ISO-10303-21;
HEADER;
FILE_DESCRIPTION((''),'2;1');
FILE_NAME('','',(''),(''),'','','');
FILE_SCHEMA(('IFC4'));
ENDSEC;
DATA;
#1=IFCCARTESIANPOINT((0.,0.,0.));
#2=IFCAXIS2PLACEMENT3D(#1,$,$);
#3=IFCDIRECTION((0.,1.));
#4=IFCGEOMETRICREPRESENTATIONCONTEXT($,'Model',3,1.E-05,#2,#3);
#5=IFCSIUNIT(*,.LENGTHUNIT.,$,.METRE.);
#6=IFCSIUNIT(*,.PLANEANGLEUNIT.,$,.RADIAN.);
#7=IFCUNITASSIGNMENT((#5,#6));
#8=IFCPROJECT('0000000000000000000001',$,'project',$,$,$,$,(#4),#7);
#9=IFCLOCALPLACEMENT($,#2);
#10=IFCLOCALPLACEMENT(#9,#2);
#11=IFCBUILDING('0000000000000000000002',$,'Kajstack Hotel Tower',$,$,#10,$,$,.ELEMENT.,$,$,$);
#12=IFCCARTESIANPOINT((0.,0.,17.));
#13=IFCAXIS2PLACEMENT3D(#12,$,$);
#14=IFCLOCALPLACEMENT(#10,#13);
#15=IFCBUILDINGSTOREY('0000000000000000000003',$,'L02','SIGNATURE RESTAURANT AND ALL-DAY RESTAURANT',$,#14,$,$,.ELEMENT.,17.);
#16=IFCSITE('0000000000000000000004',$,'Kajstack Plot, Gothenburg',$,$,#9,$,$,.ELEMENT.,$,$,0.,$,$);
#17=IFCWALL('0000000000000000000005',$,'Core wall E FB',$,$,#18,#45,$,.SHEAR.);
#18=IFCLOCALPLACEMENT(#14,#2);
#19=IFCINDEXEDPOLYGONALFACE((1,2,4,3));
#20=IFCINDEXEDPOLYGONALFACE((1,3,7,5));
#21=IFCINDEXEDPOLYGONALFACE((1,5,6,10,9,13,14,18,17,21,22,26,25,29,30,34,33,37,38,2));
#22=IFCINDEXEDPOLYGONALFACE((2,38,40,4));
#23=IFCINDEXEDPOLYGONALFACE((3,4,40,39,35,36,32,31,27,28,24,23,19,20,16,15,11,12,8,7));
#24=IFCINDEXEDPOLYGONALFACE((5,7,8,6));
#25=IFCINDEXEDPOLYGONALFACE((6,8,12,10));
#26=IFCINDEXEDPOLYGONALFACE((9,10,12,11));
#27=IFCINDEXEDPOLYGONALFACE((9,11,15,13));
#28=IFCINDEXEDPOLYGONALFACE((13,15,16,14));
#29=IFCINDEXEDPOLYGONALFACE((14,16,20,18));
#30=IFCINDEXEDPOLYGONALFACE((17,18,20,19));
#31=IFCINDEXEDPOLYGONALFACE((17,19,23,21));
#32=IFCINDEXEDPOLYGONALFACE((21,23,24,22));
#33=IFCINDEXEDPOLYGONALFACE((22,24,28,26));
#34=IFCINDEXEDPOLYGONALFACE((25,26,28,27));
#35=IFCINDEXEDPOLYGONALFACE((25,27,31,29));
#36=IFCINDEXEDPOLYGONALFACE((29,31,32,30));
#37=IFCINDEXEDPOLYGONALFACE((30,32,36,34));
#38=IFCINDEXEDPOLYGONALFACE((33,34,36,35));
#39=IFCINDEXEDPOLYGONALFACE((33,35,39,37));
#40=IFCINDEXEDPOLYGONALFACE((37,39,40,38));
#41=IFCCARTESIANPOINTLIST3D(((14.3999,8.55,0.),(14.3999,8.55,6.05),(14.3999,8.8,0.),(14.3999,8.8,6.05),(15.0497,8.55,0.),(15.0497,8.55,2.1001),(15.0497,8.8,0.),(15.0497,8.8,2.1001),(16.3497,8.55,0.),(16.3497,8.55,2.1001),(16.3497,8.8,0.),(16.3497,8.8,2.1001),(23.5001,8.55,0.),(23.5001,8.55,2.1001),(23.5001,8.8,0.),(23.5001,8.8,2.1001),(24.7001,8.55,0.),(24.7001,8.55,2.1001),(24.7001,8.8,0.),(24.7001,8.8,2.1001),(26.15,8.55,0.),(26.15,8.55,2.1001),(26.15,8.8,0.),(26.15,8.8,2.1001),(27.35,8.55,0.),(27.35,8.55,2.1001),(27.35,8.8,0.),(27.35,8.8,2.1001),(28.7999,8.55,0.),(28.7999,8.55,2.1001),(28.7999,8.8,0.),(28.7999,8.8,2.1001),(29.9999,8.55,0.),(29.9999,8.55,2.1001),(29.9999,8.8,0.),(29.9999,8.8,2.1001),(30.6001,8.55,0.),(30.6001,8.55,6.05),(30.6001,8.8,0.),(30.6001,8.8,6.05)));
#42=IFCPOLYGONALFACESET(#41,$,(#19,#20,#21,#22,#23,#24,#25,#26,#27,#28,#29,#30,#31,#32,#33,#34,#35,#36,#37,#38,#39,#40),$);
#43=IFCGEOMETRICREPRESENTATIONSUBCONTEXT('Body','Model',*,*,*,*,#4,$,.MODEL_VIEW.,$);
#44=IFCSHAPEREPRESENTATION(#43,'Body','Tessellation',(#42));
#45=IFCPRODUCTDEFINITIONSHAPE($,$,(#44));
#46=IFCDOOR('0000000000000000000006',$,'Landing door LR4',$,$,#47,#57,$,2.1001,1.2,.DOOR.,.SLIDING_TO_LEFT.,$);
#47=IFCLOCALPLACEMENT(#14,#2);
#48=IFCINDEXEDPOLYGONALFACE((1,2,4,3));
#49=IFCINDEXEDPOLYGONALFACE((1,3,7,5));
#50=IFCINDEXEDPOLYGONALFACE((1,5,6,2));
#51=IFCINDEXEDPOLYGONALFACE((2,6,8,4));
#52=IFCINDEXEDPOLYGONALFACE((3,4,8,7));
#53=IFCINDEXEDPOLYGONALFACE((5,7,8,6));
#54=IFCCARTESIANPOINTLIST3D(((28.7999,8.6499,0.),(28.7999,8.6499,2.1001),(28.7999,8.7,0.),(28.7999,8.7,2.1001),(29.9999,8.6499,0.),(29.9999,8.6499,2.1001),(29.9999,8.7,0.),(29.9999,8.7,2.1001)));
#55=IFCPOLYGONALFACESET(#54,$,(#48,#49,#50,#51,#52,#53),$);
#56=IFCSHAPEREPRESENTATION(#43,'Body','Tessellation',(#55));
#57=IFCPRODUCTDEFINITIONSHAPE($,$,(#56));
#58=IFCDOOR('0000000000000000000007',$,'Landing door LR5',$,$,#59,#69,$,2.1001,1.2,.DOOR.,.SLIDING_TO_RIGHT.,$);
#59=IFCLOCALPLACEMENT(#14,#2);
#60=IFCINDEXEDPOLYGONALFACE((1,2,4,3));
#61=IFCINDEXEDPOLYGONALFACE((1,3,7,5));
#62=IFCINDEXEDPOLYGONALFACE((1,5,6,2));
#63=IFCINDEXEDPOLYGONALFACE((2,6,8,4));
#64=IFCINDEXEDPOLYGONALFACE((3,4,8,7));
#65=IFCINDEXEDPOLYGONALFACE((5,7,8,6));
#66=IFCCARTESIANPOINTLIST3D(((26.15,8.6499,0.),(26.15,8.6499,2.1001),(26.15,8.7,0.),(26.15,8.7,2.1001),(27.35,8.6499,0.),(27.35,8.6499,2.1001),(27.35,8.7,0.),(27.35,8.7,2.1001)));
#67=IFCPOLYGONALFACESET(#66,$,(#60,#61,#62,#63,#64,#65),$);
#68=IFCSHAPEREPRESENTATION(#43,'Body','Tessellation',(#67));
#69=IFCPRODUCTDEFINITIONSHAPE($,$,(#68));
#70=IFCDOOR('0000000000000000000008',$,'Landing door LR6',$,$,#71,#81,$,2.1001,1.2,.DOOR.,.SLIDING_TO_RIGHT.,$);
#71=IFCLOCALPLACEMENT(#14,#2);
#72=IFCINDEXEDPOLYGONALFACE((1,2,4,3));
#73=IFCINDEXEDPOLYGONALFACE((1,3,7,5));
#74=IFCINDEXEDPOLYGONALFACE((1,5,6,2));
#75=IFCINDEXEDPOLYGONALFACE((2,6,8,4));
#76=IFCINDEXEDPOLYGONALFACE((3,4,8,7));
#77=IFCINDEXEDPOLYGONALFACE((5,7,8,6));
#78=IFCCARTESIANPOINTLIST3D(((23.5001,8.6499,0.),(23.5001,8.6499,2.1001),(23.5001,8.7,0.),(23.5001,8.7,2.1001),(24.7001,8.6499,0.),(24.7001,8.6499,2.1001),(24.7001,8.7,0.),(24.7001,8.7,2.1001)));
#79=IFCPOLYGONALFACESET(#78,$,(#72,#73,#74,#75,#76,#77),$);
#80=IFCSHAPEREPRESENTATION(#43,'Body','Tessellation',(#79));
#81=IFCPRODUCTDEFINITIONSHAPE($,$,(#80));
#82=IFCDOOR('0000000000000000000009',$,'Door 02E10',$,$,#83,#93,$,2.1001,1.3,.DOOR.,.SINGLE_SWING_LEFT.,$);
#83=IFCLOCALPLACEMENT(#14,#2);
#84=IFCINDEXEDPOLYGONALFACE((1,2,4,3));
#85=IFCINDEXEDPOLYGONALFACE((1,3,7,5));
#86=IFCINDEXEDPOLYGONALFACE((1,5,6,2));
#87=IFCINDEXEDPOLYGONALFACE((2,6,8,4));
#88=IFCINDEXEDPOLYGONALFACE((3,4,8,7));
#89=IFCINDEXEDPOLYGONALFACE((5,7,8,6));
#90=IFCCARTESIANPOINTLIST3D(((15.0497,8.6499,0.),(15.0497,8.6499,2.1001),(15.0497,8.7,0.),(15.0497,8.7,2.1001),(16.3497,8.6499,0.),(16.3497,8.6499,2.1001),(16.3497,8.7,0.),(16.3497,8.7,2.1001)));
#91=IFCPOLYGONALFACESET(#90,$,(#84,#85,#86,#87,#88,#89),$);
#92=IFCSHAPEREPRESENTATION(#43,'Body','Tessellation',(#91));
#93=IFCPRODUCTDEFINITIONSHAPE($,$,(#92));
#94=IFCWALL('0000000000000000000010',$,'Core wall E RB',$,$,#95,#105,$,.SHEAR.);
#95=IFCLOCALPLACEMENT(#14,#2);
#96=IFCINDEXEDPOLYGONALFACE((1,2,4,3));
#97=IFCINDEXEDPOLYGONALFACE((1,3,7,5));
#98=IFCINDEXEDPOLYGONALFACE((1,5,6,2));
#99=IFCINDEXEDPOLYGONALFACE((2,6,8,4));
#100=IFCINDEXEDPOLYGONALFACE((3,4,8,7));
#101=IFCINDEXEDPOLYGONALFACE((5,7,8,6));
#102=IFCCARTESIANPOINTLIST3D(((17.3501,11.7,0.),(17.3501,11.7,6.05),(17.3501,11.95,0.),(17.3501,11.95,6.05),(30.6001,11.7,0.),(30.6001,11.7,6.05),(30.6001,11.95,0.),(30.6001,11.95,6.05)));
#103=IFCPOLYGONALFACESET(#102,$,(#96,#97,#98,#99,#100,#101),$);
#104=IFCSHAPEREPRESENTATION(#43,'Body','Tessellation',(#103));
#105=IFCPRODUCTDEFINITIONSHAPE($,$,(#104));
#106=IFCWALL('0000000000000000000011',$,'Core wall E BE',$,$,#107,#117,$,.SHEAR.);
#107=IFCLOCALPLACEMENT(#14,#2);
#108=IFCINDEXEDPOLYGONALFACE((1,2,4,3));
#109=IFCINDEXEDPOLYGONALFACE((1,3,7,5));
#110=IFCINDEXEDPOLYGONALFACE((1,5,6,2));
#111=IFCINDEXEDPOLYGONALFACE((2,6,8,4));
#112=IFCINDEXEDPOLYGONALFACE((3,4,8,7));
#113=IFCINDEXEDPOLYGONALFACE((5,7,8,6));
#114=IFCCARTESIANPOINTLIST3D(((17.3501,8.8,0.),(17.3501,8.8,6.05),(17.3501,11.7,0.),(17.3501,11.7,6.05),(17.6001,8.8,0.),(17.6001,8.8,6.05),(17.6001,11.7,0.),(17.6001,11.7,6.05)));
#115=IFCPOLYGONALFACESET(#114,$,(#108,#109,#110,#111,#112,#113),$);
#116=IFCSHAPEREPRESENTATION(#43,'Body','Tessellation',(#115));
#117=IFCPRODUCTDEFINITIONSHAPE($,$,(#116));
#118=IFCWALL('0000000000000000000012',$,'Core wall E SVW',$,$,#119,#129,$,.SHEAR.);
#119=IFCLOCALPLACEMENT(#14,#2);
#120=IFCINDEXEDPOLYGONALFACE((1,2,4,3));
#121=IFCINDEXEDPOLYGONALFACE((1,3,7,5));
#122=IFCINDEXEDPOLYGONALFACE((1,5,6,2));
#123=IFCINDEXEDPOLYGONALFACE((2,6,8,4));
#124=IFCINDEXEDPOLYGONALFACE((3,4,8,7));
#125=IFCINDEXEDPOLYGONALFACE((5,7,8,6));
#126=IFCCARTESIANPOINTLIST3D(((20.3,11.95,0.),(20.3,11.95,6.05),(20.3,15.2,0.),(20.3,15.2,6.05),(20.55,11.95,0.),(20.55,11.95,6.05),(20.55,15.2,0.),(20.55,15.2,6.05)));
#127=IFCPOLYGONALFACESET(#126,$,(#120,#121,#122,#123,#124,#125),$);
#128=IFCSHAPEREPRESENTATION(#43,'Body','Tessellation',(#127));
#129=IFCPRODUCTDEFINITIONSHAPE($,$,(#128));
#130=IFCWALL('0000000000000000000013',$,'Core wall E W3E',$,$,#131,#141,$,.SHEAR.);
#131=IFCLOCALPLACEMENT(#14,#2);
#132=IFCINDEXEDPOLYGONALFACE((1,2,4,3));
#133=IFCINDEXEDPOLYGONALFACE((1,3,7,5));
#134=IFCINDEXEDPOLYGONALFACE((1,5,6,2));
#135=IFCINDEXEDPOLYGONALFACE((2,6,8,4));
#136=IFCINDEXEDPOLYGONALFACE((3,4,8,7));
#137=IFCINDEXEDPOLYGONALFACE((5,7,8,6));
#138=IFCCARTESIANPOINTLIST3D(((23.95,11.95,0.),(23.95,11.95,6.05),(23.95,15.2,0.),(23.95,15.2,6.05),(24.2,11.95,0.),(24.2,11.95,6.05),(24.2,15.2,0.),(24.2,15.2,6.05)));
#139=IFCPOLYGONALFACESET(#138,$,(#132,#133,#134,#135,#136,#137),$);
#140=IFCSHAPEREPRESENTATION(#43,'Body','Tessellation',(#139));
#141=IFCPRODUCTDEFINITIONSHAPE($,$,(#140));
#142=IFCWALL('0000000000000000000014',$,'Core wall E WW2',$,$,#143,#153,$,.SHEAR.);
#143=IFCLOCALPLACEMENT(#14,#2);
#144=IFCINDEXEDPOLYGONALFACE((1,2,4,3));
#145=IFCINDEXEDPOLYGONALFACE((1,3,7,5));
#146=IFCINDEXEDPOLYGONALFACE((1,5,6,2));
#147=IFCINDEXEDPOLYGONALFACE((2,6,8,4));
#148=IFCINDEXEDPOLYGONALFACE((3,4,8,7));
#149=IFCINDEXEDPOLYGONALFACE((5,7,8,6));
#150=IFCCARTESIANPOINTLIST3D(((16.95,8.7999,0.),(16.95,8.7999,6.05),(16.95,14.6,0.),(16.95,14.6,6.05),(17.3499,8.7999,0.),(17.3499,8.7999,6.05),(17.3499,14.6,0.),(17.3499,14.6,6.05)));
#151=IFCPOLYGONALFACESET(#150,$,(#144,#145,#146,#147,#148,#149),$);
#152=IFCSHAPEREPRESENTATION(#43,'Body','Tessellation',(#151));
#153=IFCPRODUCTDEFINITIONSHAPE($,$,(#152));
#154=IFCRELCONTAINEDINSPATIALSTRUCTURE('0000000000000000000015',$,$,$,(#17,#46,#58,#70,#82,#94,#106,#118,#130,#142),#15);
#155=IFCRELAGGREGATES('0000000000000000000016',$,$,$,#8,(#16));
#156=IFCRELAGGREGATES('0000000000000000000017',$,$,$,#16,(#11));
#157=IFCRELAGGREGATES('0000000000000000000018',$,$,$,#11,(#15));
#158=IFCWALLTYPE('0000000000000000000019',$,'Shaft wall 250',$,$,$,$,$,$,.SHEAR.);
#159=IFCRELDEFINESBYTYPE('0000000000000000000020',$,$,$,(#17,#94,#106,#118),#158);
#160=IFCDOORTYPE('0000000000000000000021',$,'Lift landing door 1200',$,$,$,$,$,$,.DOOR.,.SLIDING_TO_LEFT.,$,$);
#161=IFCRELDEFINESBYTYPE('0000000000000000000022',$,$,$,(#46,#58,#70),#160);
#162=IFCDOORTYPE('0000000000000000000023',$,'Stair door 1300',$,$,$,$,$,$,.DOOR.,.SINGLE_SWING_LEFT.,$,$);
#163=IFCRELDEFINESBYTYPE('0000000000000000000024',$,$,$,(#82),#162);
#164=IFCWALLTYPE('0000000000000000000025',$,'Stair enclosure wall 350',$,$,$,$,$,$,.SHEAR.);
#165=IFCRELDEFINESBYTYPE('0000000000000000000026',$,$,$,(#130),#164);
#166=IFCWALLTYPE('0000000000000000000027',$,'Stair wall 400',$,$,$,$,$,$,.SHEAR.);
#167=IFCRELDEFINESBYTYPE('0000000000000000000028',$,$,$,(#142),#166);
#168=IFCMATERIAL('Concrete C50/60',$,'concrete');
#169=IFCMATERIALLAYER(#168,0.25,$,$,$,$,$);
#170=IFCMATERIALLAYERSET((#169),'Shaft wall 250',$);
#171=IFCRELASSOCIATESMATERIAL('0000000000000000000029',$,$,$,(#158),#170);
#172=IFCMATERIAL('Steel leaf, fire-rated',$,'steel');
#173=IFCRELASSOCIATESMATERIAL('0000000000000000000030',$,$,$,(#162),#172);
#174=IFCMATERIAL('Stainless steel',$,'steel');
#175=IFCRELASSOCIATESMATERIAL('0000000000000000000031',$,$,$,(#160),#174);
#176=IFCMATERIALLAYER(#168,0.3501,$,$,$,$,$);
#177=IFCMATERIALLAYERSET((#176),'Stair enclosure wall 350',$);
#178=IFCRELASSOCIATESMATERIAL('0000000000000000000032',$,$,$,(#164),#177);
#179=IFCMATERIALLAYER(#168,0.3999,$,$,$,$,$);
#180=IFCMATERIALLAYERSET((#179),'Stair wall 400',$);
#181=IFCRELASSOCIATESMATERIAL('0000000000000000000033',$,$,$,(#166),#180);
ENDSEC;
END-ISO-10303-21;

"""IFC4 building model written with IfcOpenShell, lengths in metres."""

from ifc_helpers import new_model, si_unit, direction, frame, frame_2d, origin, place, context, subcontext, project, spatial, rectangle, extrude, material, layer, layer_set, type_object, element, fill, save


model = new_model("IFC4")

# Units and contexts
model_context = context("Model", 3, precision=1e-05, world=origin(), true_north=direction((0.0, 1.0)))
body_context = subcontext(model_context, "Body", "Model", "MODEL_VIEW")
ifc_project = project(units=[si_unit("LENGTHUNIT", "METRE"), si_unit("PLANEANGLEUNIT", "RADIAN")], contexts=[model_context])

# Site, building, storey
site_placement = place(None, origin())
site = spatial("IfcSite", under=ifc_project, at=site_placement, Name="Kajstack Plot, Gothenburg", CompositionType="ELEMENT", RefElevation=0.0)
building_placement = place(site_placement, origin())
building = spatial("IfcBuilding", under=site, at=building_placement, Name="Kajstack Hotel Tower", CompositionType="ELEMENT")
storey_placement = place(building_placement, frame((0.0, 0.0, 17.0)))
storey = spatial("IfcBuildingStorey", under=building, at=storey_placement, Name="L02", Description="SIGNATURE RESTAURANT AND ALL-DAY RESTAURANT", CompositionType="ELEMENT", Elevation=17.0)

# Shared definitions
ifc_material_1 = material(Name="Concrete C50/60", Category="concrete")

# Shared definitions
ifc_layer_1 = layer(ifc_material_1, 0.25)
ifc_layer_set_1 = layer_set([ifc_layer_1], Name="Shaft wall 250")
wall_type_1 = type_object("IfcWallType", Name="Shaft wall 250", PredefinedType="SHEAR", material=ifc_layer_set_1)
ifc_material_2 = material(Name="Steel leaf, fire-rated", Category="steel")
door_type_1 = type_object("IfcDoorType", Name="Stair door 1300", OperationType="SINGLE_SWING_LEFT", PredefinedType="DOOR", material=ifc_material_2)

# Wall, openings, doors
wall_1_placement = place(storey_placement, frame((14.3999, 8.675, 0.0), z_axis=(0.0, 0.0, 1.0), x_axis=(1.0, 0.0, 0.0)))
wall_1 = element("IfcWall", 1, at=wall_1_placement, inside=storey, type_object=wall_type_1, Name="Core wall E FB", PredefinedType="SHEAR", context=body_context, shape_type="SweptSolid", body=[
    extrude(rectangle(XDim=16.2002, YDim=0.25, at=frame_2d((8.1001, 0.0))), origin(), (0.0, 0.0, 1.0), 6.05),
])
opening_1_placement = place(wall_1_placement, frame((14.3999, 0.0, 0.0)))
opening_1 = element("IfcOpeningElement", 2, at=opening_1_placement, cuts=wall_1, PredefinedType="OPENING", context=body_context, shape_type="SweptSolid", body=[
    extrude(rectangle(XDim=1.2, YDim=2.1001, at=frame_2d((0.6001, 1.05))), frame((0.0, 0.135, 0.0), z_axis=(0.0, -1.0, 0.0), x_axis=(1.0, 0.0, 0.0)), (0.0, 0.0, 1.0), 0.27),
])
opening_2_placement = place(wall_1_placement, frame((11.75, 0.0, 0.0)))
opening_2 = element("IfcOpeningElement", 3, at=opening_2_placement, cuts=wall_1, PredefinedType="OPENING", context=body_context, shape_type="SweptSolid", body=[
    extrude(rectangle(XDim=1.2, YDim=2.1001, at=frame_2d((0.6001, 1.05))), frame((0.0, 0.135, 0.0), z_axis=(0.0, -1.0, 0.0), x_axis=(1.0, 0.0, 0.0)), (0.0, 0.0, 1.0), 0.27),
])
opening_3_placement = place(wall_1_placement, frame((9.1001, 0.0, 0.0)))
opening_3 = element("IfcOpeningElement", 4, at=opening_3_placement, cuts=wall_1, PredefinedType="OPENING", context=body_context, shape_type="SweptSolid", body=[
    extrude(rectangle(XDim=1.2, YDim=2.1001, at=frame_2d((0.6001, 1.05))), frame((0.0, 0.135, 0.0), z_axis=(0.0, -1.0, 0.0), x_axis=(1.0, 0.0, 0.0)), (0.0, 0.0, 1.0), 0.27),
])
opening_4_placement = place(wall_1_placement, frame((0.6499, 0.0, 0.0)))
opening_4 = element("IfcOpeningElement", 5, at=opening_4_placement, cuts=wall_1, PredefinedType="OPENING", context=body_context, shape_type="SweptSolid", body=[
    extrude(rectangle(XDim=1.3, YDim=2.1001, at=frame_2d((0.6499, 1.05))), frame((0.0, 0.135, 0.0), z_axis=(0.0, -1.0, 0.0), x_axis=(1.0, 0.0, 0.0)), (0.0, 0.0, 1.0), 0.27),
])
ifc_material_3 = material(Name="Stainless steel", Category="steel")
door_type_2 = type_object("IfcDoorType", Name="Lift landing door 1200", OperationType="SLIDING_TO_LEFT", PredefinedType="DOOR", material=ifc_material_3)
door_1_placement = place(opening_1_placement, origin())
door_1 = element("IfcDoor", 6, at=door_1_placement, inside=storey, type_object=door_type_2, Name="Landing door LR4", OperationType="SLIDING_TO_LEFT", OverallHeight=2.1001, OverallWidth=1.2, PredefinedType="DOOR", context=body_context, shape_type="SweptSolid", body=[
    extrude(rectangle(XDim=1.2, YDim=2.1001, at=frame_2d((0.6001, 1.05))), frame((0.0, 0.0249, 0.0), z_axis=(0.0, -1.0, 0.0), x_axis=(1.0, 0.0, 0.0)), (0.0, 0.0, 1.0), 0.05),
])
fill(opening_1, door_1)
door_2_placement = place(opening_2_placement, origin())
door_2 = element("IfcDoor", 7, at=door_2_placement, inside=storey, type_object=door_type_2, Name="Landing door LR5", OperationType="SLIDING_TO_RIGHT", OverallHeight=2.1001, OverallWidth=1.2, PredefinedType="DOOR", context=body_context, shape_type="SweptSolid", body=[
    extrude(rectangle(XDim=1.2, YDim=2.1001, at=frame_2d((0.6001, 1.05))), frame((0.0, 0.0249, 0.0), z_axis=(0.0, -1.0, 0.0), x_axis=(1.0, 0.0, 0.0)), (0.0, 0.0, 1.0), 0.05),
])
fill(opening_2, door_2)
door_3_placement = place(opening_3_placement, origin())
door_3 = element("IfcDoor", 8, at=door_3_placement, inside=storey, type_object=door_type_2, Name="Landing door LR6", OperationType="SLIDING_TO_RIGHT", OverallHeight=2.1001, OverallWidth=1.2, PredefinedType="DOOR", context=body_context, shape_type="SweptSolid", body=[
    extrude(rectangle(XDim=1.2, YDim=2.1001, at=frame_2d((0.6001, 1.05))), frame((0.0, 0.0249, 0.0), z_axis=(0.0, -1.0, 0.0), x_axis=(1.0, 0.0, 0.0)), (0.0, 0.0, 1.0), 0.05),
])
fill(opening_3, door_3)
door_4_placement = place(opening_4_placement, origin())
door_4 = element("IfcDoor", 9, at=door_4_placement, inside=storey, type_object=door_type_1, Name="Door 02E10", OperationType="SINGLE_SWING_LEFT", OverallHeight=2.1001, OverallWidth=1.3, PredefinedType="DOOR", context=body_context, shape_type="SweptSolid", body=[
    extrude(rectangle(XDim=1.3, YDim=2.1001, at=frame_2d((0.6499, 1.05))), frame((0.0, 0.0249, 0.0), z_axis=(0.0, -1.0, 0.0), x_axis=(1.0, 0.0, 0.0)), (0.0, 0.0, 1.0), 0.05),
])
fill(opening_4, door_4)

# Walls
wall_2_placement = place(storey_placement, frame((17.3501, 11.825, 0.0), z_axis=(0.0, 0.0, 1.0), x_axis=(1.0, 0.0, 0.0)))
element("IfcWall", 10, at=wall_2_placement, inside=storey, type_object=wall_type_1, Name="Core wall E RB", PredefinedType="SHEAR", context=body_context, shape_type="SweptSolid", body=[
    extrude(rectangle(XDim=13.25, YDim=0.25, at=frame_2d((6.625, 0.0))), origin(), (0.0, 0.0, 1.0), 6.05),
])
wall_3_placement = place(storey_placement, frame((17.4751, 8.8, 0.0), z_axis=(0.0, 0.0, 1.0), x_axis=(0.0, 1.0, 0.0)))
element("IfcWall", 11, at=wall_3_placement, inside=storey, type_object=wall_type_1, Name="Core wall E BE", PredefinedType="SHEAR", context=body_context, shape_type="SweptSolid", body=[
    extrude(rectangle(XDim=2.8999, YDim=0.25, at=frame_2d((1.45, 0.0))), origin(), (0.0, 0.0, 1.0), 6.05),
])
wall_4_placement = place(storey_placement, frame((20.425, 11.95, 0.0), z_axis=(0.0, 0.0, 1.0), x_axis=(0.0, 1.0, 0.0)))
element("IfcWall", 12, at=wall_4_placement, inside=storey, type_object=wall_type_1, Name="Core wall E SVW", PredefinedType="SHEAR", context=body_context, shape_type="SweptSolid", body=[
    extrude(rectangle(XDim=3.25, YDim=0.25, at=frame_2d((1.625, 0.0))), origin(), (0.0, 0.0, 1.0), 6.05),
])
ifc_layer_2 = layer(ifc_material_1, 0.3501)
ifc_layer_set_2 = layer_set([ifc_layer_2], Name="Stair enclosure wall 350")
wall_type_2 = type_object("IfcWallType", Name="Stair enclosure wall 350", PredefinedType="SHEAR", material=ifc_layer_set_2)
wall_5_placement = place(storey_placement, frame((24.075, 11.95, 0.0), z_axis=(0.0, 0.0, 1.0), x_axis=(0.0, 1.0, 0.0)))
element("IfcWall", 13, at=wall_5_placement, inside=storey, type_object=wall_type_2, Name="Core wall E W3E", PredefinedType="SHEAR", context=body_context, shape_type="SweptSolid", body=[
    extrude(rectangle(XDim=3.25, YDim=0.25, at=frame_2d((1.625, 0.0))), origin(), (0.0, 0.0, 1.0), 6.05),
])
ifc_layer_3 = layer(ifc_material_1, 0.3999)
ifc_layer_set_3 = layer_set([ifc_layer_3], Name="Stair wall 400")
wall_type_3 = type_object("IfcWallType", Name="Stair wall 400", PredefinedType="SHEAR", material=ifc_layer_set_3)
wall_6_placement = place(storey_placement, frame((17.1499, 8.8, 0.0), z_axis=(0.0, 0.0, 1.0), x_axis=(0.0, 1.0, 0.0)))
element("IfcWall", 14, at=wall_6_placement, inside=storey, type_object=wall_type_3, Name="Core wall E WW2", PredefinedType="SHEAR", context=body_context, shape_type="SweptSolid", body=[
    extrude(rectangle(XDim=5.8, YDim=0.3999, at=frame_2d((2.8999, 0.0))), origin(), (0.0, 0.0, 1.0), 6.05),
])

save(model, "model.ifc")
